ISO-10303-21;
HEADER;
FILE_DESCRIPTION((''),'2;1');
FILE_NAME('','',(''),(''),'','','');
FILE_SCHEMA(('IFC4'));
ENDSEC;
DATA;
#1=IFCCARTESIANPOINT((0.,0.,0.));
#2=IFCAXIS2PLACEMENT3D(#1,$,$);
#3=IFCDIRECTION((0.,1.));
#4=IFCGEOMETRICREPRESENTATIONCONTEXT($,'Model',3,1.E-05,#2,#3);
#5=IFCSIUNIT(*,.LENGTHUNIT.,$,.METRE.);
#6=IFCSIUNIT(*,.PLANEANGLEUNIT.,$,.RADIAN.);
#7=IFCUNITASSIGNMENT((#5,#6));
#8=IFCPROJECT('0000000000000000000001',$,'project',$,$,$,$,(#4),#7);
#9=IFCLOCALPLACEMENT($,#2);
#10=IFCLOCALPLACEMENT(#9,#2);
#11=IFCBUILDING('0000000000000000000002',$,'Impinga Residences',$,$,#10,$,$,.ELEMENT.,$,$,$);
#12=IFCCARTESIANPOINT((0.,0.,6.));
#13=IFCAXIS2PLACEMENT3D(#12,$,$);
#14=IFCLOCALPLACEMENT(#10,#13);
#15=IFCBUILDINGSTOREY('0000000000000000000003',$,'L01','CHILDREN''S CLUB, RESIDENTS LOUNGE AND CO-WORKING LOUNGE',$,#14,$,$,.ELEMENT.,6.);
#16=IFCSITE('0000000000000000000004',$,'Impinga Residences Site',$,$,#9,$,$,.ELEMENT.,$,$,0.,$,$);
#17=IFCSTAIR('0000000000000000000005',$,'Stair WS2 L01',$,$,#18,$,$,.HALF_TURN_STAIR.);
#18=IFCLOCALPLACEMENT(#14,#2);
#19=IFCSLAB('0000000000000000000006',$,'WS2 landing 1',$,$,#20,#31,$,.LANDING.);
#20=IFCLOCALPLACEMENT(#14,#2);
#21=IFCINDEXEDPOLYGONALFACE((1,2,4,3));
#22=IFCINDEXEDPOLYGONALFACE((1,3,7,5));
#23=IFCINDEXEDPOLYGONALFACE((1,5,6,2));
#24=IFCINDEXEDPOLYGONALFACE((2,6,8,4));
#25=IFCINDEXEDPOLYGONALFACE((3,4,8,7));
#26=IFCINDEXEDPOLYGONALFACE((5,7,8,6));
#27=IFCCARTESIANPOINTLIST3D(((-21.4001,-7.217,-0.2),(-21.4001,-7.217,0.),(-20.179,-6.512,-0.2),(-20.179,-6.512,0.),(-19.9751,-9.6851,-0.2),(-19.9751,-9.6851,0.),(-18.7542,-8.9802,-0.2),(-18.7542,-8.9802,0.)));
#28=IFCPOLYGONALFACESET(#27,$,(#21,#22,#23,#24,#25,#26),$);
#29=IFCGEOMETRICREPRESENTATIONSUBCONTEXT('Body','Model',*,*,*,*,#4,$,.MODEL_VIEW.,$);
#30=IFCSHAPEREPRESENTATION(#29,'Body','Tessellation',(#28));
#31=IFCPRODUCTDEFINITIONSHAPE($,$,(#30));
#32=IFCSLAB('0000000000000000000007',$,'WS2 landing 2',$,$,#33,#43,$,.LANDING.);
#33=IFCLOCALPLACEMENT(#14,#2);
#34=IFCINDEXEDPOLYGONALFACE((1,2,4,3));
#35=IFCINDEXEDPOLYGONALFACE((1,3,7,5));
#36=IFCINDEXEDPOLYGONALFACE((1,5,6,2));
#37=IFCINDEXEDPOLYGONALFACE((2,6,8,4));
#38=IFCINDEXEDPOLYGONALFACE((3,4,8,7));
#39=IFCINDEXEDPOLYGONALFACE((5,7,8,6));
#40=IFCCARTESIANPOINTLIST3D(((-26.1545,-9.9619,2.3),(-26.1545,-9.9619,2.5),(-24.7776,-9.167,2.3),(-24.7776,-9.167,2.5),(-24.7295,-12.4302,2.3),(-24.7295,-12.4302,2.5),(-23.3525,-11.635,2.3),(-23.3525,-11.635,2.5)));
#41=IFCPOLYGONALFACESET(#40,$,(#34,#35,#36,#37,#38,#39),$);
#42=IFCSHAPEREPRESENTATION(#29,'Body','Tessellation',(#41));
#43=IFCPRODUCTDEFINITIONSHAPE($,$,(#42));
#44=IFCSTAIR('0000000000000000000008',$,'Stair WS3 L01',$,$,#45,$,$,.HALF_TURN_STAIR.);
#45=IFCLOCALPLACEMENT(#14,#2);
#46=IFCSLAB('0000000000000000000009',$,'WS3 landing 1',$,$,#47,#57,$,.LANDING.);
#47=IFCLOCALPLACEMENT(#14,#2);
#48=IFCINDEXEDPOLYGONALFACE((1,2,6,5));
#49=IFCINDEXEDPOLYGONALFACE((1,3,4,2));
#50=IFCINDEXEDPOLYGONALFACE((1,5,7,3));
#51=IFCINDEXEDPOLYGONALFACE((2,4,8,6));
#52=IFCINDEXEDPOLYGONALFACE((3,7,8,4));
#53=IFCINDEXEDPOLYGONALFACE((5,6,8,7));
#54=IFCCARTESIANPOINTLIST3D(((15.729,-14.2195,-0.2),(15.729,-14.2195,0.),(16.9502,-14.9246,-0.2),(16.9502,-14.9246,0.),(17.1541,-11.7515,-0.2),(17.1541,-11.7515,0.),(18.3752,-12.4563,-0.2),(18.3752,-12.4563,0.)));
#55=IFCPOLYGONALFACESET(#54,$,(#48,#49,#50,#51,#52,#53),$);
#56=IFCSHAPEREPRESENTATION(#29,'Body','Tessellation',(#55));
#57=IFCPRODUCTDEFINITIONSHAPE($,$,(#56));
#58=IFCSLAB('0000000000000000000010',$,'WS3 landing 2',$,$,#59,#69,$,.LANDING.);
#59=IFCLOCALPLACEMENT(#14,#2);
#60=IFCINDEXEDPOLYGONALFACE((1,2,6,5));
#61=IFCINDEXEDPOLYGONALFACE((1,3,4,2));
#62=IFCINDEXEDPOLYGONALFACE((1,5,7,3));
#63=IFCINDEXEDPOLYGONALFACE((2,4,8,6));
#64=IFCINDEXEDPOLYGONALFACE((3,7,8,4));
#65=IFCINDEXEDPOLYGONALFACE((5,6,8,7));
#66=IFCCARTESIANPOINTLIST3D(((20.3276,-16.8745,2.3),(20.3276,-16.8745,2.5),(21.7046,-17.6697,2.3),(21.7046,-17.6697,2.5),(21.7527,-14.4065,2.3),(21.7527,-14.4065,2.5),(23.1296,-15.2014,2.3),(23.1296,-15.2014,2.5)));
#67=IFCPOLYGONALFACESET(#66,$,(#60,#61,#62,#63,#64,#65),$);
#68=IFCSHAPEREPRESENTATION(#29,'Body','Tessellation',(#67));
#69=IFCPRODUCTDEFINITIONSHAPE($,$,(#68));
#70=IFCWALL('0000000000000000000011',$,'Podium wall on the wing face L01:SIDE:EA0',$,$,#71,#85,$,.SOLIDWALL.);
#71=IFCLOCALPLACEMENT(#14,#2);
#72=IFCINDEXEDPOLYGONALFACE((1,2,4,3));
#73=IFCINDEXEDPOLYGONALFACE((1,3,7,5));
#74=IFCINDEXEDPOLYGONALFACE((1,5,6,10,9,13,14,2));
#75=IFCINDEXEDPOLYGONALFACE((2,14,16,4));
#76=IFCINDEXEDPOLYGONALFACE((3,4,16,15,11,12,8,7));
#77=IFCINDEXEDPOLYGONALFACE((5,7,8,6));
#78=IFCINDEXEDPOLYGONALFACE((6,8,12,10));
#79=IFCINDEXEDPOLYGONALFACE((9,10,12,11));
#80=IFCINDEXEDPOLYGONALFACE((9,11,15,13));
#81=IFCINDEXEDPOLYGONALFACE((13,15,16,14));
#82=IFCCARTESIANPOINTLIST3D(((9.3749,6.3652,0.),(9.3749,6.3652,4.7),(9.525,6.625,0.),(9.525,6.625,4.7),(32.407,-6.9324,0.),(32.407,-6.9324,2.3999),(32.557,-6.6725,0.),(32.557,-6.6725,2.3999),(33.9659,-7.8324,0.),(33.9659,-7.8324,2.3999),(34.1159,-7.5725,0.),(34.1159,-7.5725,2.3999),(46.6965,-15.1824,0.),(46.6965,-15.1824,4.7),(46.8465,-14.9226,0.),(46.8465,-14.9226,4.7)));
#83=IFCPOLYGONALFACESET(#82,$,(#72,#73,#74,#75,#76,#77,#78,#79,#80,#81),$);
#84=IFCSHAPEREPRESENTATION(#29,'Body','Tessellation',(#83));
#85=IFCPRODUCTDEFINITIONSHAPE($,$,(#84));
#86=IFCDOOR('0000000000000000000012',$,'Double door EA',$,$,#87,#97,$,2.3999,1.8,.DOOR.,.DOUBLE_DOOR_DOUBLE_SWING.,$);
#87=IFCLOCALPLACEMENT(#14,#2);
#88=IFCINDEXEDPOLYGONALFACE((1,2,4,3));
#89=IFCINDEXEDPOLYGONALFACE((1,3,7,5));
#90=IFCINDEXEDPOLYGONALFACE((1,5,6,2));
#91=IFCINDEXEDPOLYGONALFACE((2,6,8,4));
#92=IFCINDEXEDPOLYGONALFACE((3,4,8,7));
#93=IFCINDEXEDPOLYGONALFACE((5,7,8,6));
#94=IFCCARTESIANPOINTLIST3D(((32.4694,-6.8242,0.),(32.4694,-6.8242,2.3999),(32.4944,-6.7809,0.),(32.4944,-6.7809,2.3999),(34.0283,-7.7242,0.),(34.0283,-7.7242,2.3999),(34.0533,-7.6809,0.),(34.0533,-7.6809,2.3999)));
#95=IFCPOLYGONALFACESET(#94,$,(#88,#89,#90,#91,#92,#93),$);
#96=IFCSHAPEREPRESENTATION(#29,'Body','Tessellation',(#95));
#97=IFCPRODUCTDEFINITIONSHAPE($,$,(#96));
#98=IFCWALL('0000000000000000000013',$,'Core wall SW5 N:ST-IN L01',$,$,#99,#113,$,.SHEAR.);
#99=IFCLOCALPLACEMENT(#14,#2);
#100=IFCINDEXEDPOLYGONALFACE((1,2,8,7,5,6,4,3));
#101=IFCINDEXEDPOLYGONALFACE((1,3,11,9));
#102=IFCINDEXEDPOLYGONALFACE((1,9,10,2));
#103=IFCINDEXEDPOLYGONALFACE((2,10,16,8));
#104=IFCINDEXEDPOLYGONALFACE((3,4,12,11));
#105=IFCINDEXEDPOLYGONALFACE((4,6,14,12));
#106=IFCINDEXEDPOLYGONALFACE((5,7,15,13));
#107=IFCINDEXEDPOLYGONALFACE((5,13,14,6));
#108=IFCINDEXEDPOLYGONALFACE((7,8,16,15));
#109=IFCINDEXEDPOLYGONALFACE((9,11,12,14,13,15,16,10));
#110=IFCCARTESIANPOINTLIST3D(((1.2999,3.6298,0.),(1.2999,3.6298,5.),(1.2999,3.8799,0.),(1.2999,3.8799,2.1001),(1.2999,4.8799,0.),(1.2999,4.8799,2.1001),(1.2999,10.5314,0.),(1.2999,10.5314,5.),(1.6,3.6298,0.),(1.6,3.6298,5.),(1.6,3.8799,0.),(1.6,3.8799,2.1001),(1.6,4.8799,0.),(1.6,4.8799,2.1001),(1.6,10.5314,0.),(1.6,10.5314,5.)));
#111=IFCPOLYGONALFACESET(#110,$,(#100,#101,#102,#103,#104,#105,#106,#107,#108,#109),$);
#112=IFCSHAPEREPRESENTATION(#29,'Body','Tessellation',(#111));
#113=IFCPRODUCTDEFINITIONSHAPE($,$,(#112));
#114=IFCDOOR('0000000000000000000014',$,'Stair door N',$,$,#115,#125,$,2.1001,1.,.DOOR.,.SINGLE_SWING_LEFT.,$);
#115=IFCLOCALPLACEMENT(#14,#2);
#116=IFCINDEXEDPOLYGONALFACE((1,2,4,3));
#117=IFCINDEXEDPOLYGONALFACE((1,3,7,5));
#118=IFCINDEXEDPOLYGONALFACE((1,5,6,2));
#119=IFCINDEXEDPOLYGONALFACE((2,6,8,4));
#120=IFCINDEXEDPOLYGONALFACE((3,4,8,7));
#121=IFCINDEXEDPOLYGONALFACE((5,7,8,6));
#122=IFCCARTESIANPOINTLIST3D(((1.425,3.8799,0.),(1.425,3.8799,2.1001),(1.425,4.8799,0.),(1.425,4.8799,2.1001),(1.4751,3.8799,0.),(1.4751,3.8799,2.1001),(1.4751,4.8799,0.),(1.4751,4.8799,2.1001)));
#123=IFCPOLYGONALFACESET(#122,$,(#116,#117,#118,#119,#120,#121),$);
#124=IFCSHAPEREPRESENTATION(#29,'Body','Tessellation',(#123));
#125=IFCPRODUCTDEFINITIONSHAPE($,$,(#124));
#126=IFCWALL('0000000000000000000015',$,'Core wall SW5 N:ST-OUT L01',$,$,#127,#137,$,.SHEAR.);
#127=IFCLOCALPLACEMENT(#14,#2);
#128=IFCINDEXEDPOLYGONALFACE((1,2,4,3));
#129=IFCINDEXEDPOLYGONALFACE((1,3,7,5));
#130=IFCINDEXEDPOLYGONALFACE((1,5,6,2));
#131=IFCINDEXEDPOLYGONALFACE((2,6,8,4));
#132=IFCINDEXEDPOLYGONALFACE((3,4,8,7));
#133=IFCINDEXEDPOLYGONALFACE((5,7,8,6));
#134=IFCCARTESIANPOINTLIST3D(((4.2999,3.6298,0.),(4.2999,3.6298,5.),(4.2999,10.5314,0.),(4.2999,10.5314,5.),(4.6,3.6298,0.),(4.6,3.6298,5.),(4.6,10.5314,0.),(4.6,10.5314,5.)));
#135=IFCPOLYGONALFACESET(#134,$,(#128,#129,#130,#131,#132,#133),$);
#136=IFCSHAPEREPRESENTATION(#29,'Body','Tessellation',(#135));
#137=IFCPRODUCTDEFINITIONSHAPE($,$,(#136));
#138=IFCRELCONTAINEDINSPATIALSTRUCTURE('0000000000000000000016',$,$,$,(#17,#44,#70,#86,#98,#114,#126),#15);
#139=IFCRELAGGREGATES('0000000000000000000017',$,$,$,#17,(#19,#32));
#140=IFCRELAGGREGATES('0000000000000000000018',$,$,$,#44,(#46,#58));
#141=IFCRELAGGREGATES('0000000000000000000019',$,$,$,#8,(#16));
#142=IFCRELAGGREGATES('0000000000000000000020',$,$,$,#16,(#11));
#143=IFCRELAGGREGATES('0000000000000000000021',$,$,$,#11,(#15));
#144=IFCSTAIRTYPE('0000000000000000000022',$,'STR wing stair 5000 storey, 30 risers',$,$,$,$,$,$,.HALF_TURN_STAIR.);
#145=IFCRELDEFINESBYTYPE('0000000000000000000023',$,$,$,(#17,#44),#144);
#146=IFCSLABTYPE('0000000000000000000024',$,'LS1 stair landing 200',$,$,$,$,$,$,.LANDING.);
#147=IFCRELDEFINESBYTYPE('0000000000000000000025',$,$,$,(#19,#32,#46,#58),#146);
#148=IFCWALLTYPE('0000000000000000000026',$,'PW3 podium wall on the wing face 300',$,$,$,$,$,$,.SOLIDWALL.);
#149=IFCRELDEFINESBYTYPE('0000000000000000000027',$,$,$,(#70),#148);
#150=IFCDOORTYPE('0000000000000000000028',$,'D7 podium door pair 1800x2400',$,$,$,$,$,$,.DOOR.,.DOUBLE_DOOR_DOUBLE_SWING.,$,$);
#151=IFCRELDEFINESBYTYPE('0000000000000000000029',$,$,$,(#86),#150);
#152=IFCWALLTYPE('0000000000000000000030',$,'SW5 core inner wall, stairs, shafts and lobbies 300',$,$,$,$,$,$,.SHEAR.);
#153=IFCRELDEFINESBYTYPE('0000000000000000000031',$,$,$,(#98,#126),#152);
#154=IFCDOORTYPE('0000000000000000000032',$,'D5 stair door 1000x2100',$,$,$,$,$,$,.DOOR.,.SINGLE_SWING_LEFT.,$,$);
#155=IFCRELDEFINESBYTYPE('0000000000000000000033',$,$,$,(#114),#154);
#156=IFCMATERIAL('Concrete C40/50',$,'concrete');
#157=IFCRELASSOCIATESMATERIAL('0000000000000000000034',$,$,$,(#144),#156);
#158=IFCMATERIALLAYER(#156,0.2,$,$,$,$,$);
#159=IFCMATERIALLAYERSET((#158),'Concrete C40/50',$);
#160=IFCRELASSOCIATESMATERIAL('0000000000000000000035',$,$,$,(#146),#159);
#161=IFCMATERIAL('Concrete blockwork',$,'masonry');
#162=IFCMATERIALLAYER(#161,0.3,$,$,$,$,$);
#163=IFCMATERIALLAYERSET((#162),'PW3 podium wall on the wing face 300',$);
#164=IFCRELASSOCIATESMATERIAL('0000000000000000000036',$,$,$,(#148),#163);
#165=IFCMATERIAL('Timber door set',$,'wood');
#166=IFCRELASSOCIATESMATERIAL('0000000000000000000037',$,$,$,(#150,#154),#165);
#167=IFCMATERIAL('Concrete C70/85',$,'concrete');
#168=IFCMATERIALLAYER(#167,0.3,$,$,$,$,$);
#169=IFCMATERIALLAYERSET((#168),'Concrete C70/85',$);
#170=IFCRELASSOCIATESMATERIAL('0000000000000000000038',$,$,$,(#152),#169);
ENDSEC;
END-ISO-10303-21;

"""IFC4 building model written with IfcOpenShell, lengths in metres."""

from ifc_helpers import new_model, si_unit, direction, frame, frame_2d, origin, place, context, subcontext, project, spatial, polyline, rectangle, outline, extrude, material, layer, layer_set, type_object, element, fill, aggregate, save


model = new_model("IFC4")

# Units and contexts
model_context = context("Model", 3, precision=1e-05, world=origin(), true_north=direction((0.0, 1.0)))
body_context = subcontext(model_context, "Body", "Model", "MODEL_VIEW")
ifc_project = project(units=[si_unit("LENGTHUNIT", "METRE"), si_unit("PLANEANGLEUNIT", "RADIAN")], contexts=[model_context])

# Site, building, storey
site_placement = place(None, origin())
site = spatial("IfcSite", under=ifc_project, at=site_placement, Name="Impinga Residences Site", CompositionType="ELEMENT", RefElevation=0.0)
building_placement = place(site_placement, origin())
building = spatial("IfcBuilding", under=site, at=building_placement, Name="Impinga Residences", CompositionType="ELEMENT")
storey_placement = place(building_placement, frame((0.0, 0.0, 6.0)))
storey = spatial("IfcBuildingStorey", under=building, at=storey_placement, Name="L01", Description="CHILDREN'S CLUB, RESIDENTS LOUNGE AND CO-WORKING LOUNGE", CompositionType="ELEMENT", Elevation=6.0)

# Stairs, slabs
ifc_material_1 = material(Name="Concrete C40/50", Category="concrete")
stair_type_1 = type_object("IfcStairType", Name="STR wing stair 5000 storey, 30 risers", PredefinedType="HALF_TURN_STAIR", material=ifc_material_1)
stair_1_placement = place(storey_placement, origin())
stair_1 = element("IfcStair", 1, at=stair_1_placement, inside=storey, type_object=stair_type_1, Name="Stair WS2 L01", PredefinedType="HALF_TURN_STAIR")
ifc_layer_1 = layer(ifc_material_1, 0.2)
ifc_layer_set_1 = layer_set([ifc_layer_1], Name="Concrete C40/50")
slab_type = type_object("IfcSlabType", Name="LS1 stair landing 200", PredefinedType="LANDING", material=ifc_layer_set_1)
slab_1_placement = place(storey_placement, frame((0.0, 0.0, -0.2)))
slab_1 = element("IfcSlab", 2, at=slab_1_placement, type_object=slab_type, Name="WS2 landing 1", PredefinedType="LANDING", context=body_context, shape_type="SweptSolid", body=[
    extrude(outline(polyline([(-18.7542, -8.9802), (-20.179, -6.512), (-21.4001, -7.217), (-19.9751, -9.6851), (-18.7542, -8.9802)])), origin(), (0.0, 0.0, 1.0), 0.2),
])
slab_2_placement = place(storey_placement, frame((0.0, 0.0, 2.3)))
slab_2 = element("IfcSlab", 3, at=slab_2_placement, type_object=slab_type, Name="WS2 landing 2", PredefinedType="LANDING", context=body_context, shape_type="SweptSolid", body=[
    extrude(outline(polyline([(-23.3525, -11.635), (-24.7776, -9.167), (-26.1545, -9.9619), (-24.7295, -12.4302), (-23.3525, -11.635)])), origin(), (0.0, 0.0, 1.0), 0.2),
])
aggregate(stair_1, [slab_1, slab_2])
stair_2_placement = place(storey_placement, origin())
stair_2 = element("IfcStair", 4, at=stair_2_placement, inside=storey, type_object=stair_type_1, Name="Stair WS3 L01", PredefinedType="HALF_TURN_STAIR")
slab_3_placement = place(storey_placement, frame((0.0, 0.0, -0.2)))
slab_3 = element("IfcSlab", 5, at=slab_3_placement, type_object=slab_type, Name="WS3 landing 1", PredefinedType="LANDING", context=body_context, shape_type="SweptSolid", body=[
    extrude(outline(polyline([(17.1541, -11.7515), (15.729, -14.2195), (16.9502, -14.9246), (18.3752, -12.4563), (17.1541, -11.7515)])), origin(), (0.0, 0.0, 1.0), 0.2),
])
slab_4_placement = place(storey_placement, frame((0.0, 0.0, 2.3)))
slab_4 = element("IfcSlab", 6, at=slab_4_placement, type_object=slab_type, Name="WS3 landing 2", PredefinedType="LANDING", context=body_context, shape_type="SweptSolid", body=[
    extrude(outline(polyline([(21.7527, -14.4065), (20.3276, -16.8745), (21.7046, -17.6697), (23.1296, -15.2014), (21.7527, -14.4065)])), origin(), (0.0, 0.0, 1.0), 0.2),
])
aggregate(stair_2, [slab_3, slab_4])

# Walls, openings, doors
ifc_material_2 = material(Name="Concrete blockwork", Category="masonry")
ifc_layer_2 = layer(ifc_material_2, 0.3)
ifc_layer_set_2 = layer_set([ifc_layer_2], Name="PW3 podium wall on the wing face 300")
wall_type_1 = type_object("IfcWallType", Name="PW3 podium wall on the wing face 300", PredefinedType="SOLIDWALL", material=ifc_layer_set_2)
wall_1_placement = place(storey_placement, frame((9.45, 6.4951, 0.0), z_axis=(0.0, 0.0, 1.0), x_axis=(0.866025, -0.5, 0.0)))
wall_1 = element("IfcWall", 7, at=wall_1_placement, inside=storey, type_object=wall_type_1, Name="Podium wall on the wing face L01:SIDE:EA0", PredefinedType="SOLIDWALL", context=body_context, shape_type="SweptSolid", body=[
    extrude(rectangle(XDim=43.0952, YDim=0.3, at=frame_2d((21.5476, 0.0))), origin(), (0.0, 0.0, 1.0), 4.7),
])
opening_1_placement = place(wall_1_placement, frame((26.5952, 0.0, 0.0)))
opening_1 = element("IfcOpeningElement", 8, at=opening_1_placement, cuts=wall_1, PredefinedType="OPENING", context=body_context, shape_type="SweptSolid", body=[
    extrude(rectangle(XDim=1.8, YDim=2.3999, at=frame_2d((0.8999, 1.2))), frame((0.0, 0.1599, 0.0), z_axis=(0.0, -1.0, 0.0), x_axis=(1.0, 0.0, 0.0)), (0.0, 0.0, 1.0), 0.3201),
])
ifc_material_3 = material(Name="Timber door set", Category="wood")
door_type_1 = type_object("IfcDoorType", Name="D7 podium door pair 1800x2400", OperationType="DOUBLE_DOOR_DOUBLE_SWING", PredefinedType="DOOR", material=ifc_material_3)
door_1_placement = place(opening_1_placement, origin())
door_1 = element("IfcDoor", 9, at=door_1_placement, inside=storey, type_object=door_type_1, Name="Double door EA", OperationType="DOUBLE_DOOR_DOUBLE_SWING", OverallHeight=2.3999, OverallWidth=1.8, PredefinedType="DOOR", context=body_context, shape_type="SweptSolid", body=[
    extrude(rectangle(XDim=1.8, YDim=2.3999, at=frame_2d((0.8999, 1.2))), frame((0.0, 0.0249, 0.0), z_axis=(0.0, -1.0, 0.0), x_axis=(1.0, 0.0, 0.0)), (0.0, 0.0, 1.0), 0.05),
])
fill(opening_1, door_1)
ifc_material_4 = material(Name="Concrete C70/85", Category="concrete")
ifc_layer_3 = layer(ifc_material_4, 0.3)
ifc_layer_set_3 = layer_set([ifc_layer_3], Name="Concrete C70/85")
wall_type_2 = type_object("IfcWallType", Name="SW5 core inner wall, stairs, shafts and lobbies 300", PredefinedType="SHEAR", material=ifc_layer_set_3)
wall_2_placement = place(storey_placement, frame((1.45, 3.6299, 0.0), z_axis=(0.0, 0.0, 1.0), x_axis=(0.0, 1.0, 0.0)))
wall_2 = element("IfcWall", 10, at=wall_2_placement, inside=storey, type_object=wall_type_2, Name="Core wall SW5 N:ST-IN L01", PredefinedType="SHEAR", context=body_context, shape_type="SweptSolid", body=[
    extrude(rectangle(XDim=6.9016, YDim=0.3, at=frame_2d((3.4507, 0.0))), origin(), (0.0, 0.0, 1.0), 5.0),
])
opening_2_placement = place(wall_2_placement, frame((0.25, 0.0, 0.0)))
opening_2 = element("IfcOpeningElement", 11, at=opening_2_placement, cuts=wall_2, PredefinedType="OPENING", context=body_context, shape_type="SweptSolid", body=[
    extrude(rectangle(XDim=1.0, YDim=2.1001, at=frame_2d((0.5, 1.05))), frame((0.0, 0.1599, 0.0), z_axis=(0.0, -1.0, 0.0), x_axis=(1.0, 0.0, 0.0)), (0.0, 0.0, 1.0), 0.3201),
])
door_type_2 = type_object("IfcDoorType", Name="D5 stair door 1000x2100", OperationType="SINGLE_SWING_LEFT", PredefinedType="DOOR", material=ifc_material_3)
door_2_placement = place(opening_2_placement, origin())
door_2 = element("IfcDoor", 12, at=door_2_placement, inside=storey, type_object=door_type_2, Name="Stair door N", OperationType="SINGLE_SWING_LEFT", OverallHeight=2.1001, OverallWidth=1.0, PredefinedType="DOOR", context=body_context, shape_type="SweptSolid", body=[
    extrude(rectangle(XDim=1.0, YDim=2.1001, at=frame_2d((0.5, 1.05))), frame((0.0, 0.0249, 0.0), z_axis=(0.0, -1.0, 0.0), x_axis=(1.0, 0.0, 0.0)), (0.0, 0.0, 1.0), 0.05),
])
fill(opening_2, door_2)

# Wall
wall_3_placement = place(storey_placement, frame((4.45, 3.6299, 0.0), z_axis=(0.0, 0.0, 1.0), x_axis=(0.0, 1.0, 0.0)))
element("IfcWall", 13, at=wall_3_placement, inside=storey, type_object=wall_type_2, Name="Core wall SW5 N:ST-OUT L01", PredefinedType="SHEAR", context=body_context, shape_type="SweptSolid", body=[
    extrude(rectangle(XDim=6.9016, YDim=0.3, at=frame_2d((3.4507, 0.0))), origin(), (0.0, 0.0, 1.0), 5.0),
])

save(model, "model.ifc")
